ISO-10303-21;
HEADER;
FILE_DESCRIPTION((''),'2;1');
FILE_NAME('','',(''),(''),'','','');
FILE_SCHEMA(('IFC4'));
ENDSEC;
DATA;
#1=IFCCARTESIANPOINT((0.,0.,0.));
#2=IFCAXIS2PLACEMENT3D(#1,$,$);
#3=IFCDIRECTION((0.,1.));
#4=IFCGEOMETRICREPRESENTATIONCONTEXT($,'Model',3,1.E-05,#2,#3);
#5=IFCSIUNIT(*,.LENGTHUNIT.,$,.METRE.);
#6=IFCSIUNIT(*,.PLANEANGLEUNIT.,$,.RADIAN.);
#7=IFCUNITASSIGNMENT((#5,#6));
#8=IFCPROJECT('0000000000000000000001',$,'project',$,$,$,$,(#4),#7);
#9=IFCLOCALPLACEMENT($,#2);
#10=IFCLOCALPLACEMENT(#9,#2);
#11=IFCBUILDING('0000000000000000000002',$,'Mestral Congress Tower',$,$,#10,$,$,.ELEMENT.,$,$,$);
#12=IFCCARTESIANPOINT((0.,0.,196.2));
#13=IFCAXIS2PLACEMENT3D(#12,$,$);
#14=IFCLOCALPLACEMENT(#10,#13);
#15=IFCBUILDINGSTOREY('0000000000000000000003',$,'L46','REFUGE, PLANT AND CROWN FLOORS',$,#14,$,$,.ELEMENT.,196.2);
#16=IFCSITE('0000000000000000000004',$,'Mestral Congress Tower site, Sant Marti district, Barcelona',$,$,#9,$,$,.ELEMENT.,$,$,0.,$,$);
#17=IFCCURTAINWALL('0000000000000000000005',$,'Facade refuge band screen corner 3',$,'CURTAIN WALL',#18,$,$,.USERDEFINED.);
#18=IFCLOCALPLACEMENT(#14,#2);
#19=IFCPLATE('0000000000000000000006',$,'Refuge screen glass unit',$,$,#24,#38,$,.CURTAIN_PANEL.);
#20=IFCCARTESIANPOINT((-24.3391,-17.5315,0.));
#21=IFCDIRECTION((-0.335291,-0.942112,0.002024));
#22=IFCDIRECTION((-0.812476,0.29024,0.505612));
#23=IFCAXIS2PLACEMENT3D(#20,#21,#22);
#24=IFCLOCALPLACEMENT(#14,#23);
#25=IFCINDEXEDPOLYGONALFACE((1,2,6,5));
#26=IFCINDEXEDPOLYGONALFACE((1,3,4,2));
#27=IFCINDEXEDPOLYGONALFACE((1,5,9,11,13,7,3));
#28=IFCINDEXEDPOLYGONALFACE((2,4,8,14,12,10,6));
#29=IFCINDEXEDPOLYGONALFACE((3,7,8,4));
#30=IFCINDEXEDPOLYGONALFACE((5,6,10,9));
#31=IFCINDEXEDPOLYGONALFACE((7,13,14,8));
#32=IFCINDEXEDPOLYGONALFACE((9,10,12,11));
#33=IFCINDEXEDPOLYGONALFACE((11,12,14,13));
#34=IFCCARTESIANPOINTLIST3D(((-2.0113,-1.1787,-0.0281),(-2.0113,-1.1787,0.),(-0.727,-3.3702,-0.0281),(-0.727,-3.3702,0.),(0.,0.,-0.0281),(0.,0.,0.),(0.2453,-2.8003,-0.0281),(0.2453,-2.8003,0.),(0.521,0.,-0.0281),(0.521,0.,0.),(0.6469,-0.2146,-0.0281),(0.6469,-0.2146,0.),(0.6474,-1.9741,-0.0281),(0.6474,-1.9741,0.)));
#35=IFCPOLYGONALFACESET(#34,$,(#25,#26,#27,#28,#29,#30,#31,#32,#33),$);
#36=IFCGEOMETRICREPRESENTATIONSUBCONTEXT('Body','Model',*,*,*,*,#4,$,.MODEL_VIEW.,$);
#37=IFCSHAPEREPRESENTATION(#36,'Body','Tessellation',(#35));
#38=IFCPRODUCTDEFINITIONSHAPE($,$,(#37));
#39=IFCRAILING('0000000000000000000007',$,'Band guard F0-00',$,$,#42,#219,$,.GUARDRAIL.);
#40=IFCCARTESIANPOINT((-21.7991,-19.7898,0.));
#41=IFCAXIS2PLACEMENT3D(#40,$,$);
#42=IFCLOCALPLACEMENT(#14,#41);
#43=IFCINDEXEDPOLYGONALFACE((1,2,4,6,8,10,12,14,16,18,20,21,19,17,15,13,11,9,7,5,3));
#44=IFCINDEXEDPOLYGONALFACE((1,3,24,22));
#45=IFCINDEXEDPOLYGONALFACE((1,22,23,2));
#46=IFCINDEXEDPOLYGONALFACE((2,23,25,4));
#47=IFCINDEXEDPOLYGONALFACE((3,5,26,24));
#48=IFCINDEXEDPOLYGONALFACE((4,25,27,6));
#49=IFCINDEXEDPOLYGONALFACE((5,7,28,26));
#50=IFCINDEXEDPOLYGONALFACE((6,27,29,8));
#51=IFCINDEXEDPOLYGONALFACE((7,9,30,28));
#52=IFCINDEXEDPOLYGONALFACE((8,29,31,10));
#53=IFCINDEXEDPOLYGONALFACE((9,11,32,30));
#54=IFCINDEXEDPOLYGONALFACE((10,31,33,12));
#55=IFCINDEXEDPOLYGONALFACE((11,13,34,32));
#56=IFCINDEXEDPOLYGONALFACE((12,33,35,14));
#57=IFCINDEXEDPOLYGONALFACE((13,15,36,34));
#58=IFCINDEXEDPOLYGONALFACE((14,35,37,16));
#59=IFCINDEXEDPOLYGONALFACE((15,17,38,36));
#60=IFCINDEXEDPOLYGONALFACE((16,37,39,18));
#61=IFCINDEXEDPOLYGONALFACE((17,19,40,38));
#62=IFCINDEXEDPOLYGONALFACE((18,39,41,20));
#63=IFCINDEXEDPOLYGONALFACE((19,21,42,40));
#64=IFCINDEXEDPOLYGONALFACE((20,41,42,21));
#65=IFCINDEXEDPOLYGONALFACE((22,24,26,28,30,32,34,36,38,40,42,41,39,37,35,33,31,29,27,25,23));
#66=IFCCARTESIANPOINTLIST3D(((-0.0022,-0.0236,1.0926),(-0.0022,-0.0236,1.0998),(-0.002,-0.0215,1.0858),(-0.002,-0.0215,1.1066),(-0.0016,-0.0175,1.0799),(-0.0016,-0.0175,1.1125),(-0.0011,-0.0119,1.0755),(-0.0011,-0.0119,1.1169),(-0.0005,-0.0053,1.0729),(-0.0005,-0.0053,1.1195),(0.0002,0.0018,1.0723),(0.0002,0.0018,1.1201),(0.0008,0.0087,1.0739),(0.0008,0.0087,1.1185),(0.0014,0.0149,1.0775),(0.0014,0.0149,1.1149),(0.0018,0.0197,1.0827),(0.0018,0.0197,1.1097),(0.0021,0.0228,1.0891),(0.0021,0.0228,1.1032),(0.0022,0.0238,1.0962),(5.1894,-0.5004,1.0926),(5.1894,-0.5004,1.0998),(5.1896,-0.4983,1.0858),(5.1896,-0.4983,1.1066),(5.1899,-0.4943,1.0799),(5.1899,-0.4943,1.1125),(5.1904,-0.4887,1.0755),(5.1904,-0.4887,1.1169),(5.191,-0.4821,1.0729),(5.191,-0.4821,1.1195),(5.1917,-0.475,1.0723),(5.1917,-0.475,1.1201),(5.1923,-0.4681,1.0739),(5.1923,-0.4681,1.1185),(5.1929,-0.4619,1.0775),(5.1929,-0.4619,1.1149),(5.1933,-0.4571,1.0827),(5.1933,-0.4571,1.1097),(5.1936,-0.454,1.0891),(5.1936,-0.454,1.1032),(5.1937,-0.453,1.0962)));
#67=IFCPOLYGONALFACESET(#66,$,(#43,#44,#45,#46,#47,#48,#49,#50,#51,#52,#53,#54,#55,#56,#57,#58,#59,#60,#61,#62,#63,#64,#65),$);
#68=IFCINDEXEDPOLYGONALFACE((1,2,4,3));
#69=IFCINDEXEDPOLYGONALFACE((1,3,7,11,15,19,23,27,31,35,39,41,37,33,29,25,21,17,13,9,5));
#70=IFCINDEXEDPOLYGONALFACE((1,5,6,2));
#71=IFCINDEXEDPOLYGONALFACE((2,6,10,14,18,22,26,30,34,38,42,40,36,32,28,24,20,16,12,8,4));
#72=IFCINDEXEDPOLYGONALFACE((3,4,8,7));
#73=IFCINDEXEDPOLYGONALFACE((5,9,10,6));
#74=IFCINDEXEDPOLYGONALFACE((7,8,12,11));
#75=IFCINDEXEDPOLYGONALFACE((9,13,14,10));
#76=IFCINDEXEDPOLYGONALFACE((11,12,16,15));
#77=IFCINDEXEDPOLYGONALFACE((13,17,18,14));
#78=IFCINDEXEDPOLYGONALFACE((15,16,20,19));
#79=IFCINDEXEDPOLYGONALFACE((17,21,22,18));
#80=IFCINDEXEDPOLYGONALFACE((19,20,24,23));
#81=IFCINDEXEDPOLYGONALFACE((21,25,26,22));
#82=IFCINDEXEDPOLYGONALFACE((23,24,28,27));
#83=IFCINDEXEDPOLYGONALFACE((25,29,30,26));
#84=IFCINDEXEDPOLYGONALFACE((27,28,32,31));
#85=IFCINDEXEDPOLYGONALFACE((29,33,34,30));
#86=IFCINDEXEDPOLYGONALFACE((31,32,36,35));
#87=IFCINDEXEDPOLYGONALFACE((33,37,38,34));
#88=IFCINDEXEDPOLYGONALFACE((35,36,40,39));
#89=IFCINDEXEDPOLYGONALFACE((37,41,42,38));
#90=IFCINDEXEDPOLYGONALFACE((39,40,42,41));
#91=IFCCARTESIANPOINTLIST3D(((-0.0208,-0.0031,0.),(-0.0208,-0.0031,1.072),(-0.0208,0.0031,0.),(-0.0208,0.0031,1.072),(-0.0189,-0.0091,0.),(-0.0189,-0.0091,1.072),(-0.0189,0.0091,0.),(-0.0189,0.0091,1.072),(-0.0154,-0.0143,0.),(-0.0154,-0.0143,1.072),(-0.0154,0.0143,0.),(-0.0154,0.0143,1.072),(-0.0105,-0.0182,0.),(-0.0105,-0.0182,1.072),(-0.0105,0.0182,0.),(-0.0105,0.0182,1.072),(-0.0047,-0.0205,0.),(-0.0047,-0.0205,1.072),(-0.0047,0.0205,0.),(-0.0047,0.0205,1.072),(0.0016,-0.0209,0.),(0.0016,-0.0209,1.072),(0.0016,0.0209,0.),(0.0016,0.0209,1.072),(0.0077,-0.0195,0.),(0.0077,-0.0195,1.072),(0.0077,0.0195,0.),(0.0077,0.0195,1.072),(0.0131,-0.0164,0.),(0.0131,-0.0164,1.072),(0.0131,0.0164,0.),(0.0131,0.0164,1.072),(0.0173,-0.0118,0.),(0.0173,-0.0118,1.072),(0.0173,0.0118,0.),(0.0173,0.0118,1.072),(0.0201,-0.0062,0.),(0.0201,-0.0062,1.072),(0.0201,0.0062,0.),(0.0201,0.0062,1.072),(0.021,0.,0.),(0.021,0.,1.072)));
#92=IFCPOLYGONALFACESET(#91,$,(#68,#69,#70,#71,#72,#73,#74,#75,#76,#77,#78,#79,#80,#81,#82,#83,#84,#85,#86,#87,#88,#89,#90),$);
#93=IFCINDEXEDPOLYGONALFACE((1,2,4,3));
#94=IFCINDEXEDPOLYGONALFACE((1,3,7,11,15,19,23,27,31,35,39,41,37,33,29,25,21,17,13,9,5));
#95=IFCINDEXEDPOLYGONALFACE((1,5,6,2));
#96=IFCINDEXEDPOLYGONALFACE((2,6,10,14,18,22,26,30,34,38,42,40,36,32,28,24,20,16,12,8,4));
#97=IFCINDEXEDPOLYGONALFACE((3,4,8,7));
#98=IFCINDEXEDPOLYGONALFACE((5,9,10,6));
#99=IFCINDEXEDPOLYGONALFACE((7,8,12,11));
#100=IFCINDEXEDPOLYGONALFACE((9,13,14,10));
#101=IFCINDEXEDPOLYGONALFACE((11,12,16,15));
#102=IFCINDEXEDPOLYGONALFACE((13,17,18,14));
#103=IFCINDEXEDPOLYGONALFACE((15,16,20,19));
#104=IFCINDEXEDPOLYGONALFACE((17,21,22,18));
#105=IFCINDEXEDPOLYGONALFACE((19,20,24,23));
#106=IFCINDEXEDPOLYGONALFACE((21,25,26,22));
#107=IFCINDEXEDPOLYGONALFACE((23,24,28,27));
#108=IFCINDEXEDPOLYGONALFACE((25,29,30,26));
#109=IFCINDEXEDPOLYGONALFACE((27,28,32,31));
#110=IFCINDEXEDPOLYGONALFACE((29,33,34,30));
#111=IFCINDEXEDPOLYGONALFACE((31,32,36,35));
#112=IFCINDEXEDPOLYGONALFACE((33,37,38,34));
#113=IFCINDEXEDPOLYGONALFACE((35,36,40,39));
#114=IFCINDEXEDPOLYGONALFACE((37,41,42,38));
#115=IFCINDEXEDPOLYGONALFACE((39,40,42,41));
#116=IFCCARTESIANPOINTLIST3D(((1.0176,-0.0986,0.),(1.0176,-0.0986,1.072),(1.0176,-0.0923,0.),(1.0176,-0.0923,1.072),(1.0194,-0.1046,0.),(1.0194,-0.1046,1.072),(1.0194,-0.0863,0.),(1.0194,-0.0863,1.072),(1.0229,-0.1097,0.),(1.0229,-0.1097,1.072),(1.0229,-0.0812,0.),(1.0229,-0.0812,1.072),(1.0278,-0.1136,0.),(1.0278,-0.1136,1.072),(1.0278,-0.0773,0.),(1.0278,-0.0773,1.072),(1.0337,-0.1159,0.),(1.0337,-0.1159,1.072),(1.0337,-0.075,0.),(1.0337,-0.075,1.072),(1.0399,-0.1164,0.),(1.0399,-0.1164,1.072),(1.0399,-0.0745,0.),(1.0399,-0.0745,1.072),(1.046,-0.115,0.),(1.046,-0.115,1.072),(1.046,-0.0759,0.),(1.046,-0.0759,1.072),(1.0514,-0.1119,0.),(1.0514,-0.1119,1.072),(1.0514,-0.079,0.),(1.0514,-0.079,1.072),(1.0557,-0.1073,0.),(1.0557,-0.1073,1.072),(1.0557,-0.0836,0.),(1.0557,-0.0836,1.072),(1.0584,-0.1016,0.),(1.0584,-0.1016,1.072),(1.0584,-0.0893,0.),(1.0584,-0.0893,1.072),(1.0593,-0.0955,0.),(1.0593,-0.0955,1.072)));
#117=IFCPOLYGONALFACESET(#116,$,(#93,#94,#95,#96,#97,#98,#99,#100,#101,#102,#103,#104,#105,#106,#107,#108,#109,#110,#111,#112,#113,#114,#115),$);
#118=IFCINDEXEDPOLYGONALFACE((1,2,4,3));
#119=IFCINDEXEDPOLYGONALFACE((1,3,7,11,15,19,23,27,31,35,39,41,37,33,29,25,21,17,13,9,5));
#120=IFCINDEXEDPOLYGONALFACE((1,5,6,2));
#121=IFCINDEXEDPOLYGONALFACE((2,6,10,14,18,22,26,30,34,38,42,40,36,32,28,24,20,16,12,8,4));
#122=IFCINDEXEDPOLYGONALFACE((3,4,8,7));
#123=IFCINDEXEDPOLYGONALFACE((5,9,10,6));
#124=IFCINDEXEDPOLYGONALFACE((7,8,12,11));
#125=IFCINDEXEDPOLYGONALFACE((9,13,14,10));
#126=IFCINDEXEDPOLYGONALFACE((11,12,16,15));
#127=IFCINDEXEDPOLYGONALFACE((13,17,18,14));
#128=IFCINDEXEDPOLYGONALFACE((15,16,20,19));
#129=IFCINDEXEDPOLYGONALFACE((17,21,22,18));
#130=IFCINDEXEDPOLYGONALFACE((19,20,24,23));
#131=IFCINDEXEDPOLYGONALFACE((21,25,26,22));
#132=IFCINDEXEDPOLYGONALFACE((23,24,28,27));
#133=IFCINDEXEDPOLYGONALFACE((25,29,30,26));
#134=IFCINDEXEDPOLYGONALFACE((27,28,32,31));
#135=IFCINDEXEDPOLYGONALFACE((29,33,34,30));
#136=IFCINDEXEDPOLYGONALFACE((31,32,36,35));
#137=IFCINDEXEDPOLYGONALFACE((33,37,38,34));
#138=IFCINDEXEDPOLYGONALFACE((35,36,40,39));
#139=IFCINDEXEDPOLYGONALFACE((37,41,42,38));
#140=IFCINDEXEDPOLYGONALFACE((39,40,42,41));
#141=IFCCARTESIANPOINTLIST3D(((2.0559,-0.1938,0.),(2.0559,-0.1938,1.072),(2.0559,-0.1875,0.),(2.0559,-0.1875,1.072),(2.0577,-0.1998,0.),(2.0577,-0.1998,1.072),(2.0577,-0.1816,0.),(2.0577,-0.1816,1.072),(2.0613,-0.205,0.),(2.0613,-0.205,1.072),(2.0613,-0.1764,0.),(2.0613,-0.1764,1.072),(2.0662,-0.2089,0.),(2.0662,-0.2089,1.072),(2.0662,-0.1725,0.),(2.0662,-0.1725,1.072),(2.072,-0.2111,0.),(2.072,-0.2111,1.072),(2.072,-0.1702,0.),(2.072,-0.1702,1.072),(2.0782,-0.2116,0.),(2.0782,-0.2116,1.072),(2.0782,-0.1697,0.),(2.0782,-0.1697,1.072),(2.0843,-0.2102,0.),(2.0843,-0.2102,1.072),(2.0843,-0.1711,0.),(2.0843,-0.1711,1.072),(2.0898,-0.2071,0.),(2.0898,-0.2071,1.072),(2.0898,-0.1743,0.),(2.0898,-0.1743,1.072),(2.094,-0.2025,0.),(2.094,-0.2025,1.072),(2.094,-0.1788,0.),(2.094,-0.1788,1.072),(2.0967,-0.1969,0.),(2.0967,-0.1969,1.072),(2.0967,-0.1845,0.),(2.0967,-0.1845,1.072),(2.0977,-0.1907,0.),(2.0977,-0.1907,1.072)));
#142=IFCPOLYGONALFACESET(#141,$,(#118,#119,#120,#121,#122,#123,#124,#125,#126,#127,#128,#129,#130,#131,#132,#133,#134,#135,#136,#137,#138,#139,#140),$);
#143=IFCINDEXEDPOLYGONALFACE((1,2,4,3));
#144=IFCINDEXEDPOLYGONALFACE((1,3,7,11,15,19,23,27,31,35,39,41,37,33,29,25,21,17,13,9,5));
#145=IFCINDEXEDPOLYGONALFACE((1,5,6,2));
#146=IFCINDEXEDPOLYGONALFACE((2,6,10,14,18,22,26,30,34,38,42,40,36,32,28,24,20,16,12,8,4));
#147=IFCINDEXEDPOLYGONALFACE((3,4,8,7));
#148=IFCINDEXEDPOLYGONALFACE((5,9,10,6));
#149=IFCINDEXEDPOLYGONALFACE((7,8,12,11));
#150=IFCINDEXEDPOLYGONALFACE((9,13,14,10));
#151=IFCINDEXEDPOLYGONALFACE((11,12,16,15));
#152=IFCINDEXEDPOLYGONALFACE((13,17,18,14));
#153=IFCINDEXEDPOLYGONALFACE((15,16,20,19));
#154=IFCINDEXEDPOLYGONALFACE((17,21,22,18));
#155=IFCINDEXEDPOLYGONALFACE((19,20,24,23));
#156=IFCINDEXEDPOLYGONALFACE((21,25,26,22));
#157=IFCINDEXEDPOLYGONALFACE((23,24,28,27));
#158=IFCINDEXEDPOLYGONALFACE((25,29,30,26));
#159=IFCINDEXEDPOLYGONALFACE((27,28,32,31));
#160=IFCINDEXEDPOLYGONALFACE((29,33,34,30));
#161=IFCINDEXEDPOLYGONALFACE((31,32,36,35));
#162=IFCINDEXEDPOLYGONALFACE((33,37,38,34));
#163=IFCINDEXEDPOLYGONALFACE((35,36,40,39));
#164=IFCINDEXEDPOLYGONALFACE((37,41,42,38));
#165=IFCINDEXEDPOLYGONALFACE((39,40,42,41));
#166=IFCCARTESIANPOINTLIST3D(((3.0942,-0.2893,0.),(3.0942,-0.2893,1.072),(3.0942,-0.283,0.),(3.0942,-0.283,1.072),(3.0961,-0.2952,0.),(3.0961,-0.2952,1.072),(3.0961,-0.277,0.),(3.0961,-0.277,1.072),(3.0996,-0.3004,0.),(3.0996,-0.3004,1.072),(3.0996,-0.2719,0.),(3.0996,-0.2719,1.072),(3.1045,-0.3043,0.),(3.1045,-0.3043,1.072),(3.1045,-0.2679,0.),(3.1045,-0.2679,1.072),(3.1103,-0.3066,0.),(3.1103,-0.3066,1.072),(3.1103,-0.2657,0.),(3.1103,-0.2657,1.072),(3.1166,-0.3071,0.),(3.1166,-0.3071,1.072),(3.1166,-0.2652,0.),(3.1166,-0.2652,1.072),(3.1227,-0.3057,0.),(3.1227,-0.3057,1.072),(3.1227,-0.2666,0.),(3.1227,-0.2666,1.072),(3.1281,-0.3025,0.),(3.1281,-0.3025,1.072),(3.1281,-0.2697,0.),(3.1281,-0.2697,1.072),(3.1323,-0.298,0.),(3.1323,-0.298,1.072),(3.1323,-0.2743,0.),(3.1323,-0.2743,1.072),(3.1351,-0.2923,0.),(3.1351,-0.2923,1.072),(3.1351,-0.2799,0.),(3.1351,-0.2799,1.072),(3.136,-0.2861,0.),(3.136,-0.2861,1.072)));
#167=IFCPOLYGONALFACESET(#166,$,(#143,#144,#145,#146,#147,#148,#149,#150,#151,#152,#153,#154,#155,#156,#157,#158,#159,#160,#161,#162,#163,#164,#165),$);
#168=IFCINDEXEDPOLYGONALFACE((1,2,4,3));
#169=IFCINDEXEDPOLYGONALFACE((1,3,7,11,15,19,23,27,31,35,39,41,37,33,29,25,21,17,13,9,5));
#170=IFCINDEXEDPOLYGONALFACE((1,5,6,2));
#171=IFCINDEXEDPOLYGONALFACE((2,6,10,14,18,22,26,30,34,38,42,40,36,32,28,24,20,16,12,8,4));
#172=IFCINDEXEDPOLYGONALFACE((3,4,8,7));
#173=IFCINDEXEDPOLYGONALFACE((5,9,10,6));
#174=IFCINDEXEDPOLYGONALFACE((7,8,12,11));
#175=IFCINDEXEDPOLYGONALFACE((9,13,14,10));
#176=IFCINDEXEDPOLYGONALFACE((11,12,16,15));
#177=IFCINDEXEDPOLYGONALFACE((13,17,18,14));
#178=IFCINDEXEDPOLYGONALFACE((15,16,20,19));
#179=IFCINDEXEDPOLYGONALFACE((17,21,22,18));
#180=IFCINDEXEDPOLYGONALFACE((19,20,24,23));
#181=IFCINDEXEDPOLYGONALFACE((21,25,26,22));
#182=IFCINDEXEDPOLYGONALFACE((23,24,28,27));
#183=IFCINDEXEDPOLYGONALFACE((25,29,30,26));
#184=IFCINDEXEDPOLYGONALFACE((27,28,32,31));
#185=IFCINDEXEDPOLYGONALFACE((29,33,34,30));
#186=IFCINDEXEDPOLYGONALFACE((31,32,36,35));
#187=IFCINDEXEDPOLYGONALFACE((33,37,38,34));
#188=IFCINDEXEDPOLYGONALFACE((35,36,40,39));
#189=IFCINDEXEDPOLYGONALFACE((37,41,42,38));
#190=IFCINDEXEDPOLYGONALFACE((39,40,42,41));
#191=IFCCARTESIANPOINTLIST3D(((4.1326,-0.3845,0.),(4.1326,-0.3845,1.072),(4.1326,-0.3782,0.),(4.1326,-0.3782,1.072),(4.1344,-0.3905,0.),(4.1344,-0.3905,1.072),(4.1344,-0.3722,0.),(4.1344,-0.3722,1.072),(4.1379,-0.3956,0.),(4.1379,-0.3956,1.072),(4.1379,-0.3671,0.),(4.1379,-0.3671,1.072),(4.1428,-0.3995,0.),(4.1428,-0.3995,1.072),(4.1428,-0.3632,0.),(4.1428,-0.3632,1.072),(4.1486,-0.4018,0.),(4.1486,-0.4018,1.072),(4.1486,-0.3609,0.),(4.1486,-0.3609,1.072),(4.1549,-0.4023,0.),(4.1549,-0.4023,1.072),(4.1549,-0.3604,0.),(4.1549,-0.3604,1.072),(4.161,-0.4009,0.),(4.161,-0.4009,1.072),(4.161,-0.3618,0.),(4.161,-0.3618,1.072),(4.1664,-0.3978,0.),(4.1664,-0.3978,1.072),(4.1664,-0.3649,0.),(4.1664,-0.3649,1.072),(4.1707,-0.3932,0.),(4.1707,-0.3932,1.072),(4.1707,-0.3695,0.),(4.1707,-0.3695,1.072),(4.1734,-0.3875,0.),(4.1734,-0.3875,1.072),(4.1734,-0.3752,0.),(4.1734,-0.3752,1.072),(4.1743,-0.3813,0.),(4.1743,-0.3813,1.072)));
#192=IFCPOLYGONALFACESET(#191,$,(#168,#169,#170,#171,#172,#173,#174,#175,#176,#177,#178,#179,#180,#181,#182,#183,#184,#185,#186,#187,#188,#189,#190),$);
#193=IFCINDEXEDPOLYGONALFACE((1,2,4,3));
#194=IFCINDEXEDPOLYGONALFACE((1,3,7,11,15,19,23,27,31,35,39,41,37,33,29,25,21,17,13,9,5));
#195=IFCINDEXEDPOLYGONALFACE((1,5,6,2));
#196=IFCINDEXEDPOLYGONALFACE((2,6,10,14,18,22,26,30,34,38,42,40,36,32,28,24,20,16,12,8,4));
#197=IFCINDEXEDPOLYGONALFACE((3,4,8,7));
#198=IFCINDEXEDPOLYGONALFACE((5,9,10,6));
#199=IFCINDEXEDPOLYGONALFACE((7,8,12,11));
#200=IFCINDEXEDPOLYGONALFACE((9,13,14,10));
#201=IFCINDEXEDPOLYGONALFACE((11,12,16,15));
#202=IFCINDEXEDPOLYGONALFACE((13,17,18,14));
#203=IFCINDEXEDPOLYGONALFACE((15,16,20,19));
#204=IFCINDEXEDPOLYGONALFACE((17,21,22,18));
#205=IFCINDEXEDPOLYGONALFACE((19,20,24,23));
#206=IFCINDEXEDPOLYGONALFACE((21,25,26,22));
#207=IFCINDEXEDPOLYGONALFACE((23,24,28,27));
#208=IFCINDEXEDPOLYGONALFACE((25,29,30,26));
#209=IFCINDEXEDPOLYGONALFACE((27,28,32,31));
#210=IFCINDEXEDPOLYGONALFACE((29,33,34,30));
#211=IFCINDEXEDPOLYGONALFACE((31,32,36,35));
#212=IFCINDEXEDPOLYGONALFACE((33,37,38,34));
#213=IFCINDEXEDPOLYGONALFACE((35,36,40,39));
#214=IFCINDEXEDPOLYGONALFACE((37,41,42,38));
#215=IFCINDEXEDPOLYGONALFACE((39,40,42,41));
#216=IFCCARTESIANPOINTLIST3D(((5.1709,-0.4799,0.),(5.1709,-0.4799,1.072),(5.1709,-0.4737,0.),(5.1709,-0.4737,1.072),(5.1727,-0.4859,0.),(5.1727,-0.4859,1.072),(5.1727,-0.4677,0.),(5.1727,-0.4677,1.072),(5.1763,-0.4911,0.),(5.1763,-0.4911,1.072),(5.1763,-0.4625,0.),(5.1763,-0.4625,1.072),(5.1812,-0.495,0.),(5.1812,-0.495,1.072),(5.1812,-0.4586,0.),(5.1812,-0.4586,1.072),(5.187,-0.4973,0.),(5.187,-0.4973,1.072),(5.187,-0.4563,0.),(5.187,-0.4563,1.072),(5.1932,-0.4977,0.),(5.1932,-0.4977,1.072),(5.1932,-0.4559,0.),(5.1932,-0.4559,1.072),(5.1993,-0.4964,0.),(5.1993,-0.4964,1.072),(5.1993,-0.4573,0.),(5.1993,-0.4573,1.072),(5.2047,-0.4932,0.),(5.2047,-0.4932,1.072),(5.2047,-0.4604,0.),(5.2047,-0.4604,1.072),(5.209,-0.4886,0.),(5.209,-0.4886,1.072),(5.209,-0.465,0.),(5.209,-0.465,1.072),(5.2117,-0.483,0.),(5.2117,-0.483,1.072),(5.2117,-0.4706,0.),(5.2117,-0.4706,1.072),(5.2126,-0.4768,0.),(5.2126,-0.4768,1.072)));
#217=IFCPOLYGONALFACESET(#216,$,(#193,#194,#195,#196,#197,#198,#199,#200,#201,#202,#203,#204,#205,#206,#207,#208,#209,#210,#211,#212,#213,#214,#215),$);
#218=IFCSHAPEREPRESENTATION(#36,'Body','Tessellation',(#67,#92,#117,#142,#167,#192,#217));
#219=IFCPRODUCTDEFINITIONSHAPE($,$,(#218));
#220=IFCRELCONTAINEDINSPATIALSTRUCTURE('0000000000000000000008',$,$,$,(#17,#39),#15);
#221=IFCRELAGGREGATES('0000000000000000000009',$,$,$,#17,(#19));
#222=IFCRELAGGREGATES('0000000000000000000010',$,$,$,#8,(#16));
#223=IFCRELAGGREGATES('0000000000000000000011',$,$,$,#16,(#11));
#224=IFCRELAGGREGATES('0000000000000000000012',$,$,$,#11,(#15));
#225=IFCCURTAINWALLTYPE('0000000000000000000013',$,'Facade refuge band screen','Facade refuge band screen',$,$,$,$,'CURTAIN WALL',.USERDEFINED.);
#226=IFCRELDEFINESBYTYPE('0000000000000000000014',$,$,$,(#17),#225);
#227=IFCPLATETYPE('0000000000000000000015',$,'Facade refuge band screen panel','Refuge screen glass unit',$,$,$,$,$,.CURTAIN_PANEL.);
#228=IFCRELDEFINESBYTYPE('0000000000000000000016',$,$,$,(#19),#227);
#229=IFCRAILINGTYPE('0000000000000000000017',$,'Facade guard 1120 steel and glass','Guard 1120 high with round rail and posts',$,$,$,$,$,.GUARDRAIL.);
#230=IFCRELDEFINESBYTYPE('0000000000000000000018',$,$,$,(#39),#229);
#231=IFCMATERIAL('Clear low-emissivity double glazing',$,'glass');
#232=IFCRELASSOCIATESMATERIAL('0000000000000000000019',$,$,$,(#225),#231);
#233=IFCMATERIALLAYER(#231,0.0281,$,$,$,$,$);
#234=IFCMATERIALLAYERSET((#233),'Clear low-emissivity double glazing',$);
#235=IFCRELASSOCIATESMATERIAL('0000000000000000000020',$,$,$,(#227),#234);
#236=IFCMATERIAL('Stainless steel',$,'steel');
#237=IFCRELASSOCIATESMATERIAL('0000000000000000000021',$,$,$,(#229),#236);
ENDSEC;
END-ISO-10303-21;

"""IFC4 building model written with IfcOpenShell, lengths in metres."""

from ifc_helpers import new_model, si_unit, direction, frame, origin, origin_2d, place, context, subcontext, project, spatial, polyline, circle, outline, extrude, material, layer, layer_set, type_object, element, aggregate, save


model = new_model("IFC4")

# Units and contexts
model_context = context("Model", 3, precision=1e-05, world=origin(), true_north=direction((0.0, 1.0)))
body_context = subcontext(model_context, "Body", "Model", "MODEL_VIEW")
ifc_project = project(units=[si_unit("LENGTHUNIT", "METRE"), si_unit("PLANEANGLEUNIT", "RADIAN")], contexts=[model_context])

# Site, building, storey
site_placement = place(None, origin())
site = spatial("IfcSite", under=ifc_project, at=site_placement, Name="Mestral Congress Tower site, Sant Marti district, Barcelona", CompositionType="ELEMENT", RefElevation=0.0)
building_placement = place(site_placement, origin())
building = spatial("IfcBuilding", under=site, at=building_placement, Name="Mestral Congress Tower", CompositionType="ELEMENT")
storey_placement = place(building_placement, frame((0.0, 0.0, 196.2)))
storey = spatial("IfcBuildingStorey", under=building, at=storey_placement, Name="L46", Description="REFUGE, PLANT AND CROWN FLOORS", CompositionType="ELEMENT", Elevation=196.2)

# Curtain wall
ifc_material_1 = material(Name="Clear low-emissivity double glazing", Category="glass")
curtain_wall_type = type_object("IfcCurtainWallType", Name="Facade refuge band screen", Description="Facade refuge band screen", ElementType="CURTAIN WALL", PredefinedType="USERDEFINED", material=ifc_material_1)
placement = place(storey_placement, origin())
curtain_wall_1 = element("IfcCurtainWall", 1, at=placement, inside=storey, type_object=curtain_wall_type, Name="Facade refuge band screen corner 3", ObjectType="CURTAIN WALL", PredefinedType="USERDEFINED")

# Plate
ifc_layer_1 = layer(ifc_material_1, 0.0281)
ifc_layer_set_1 = layer_set([ifc_layer_1], Name="Clear low-emissivity double glazing")
plate_type_1 = type_object("IfcPlateType", Name="Facade refuge band screen panel", Description="Refuge screen glass unit", PredefinedType="CURTAIN_PANEL", material=ifc_layer_set_1)
plate_1_placement = place(storey_placement, frame((-24.3391, -17.5315, 0.0), z_axis=(-0.335291, -0.942112, 0.002024), x_axis=(-0.812476, 0.29024, 0.505612)))
plate_1 = element("IfcPlate", 2, at=plate_1_placement, type_object=plate_type_1, Name="Refuge screen glass unit", PredefinedType="CURTAIN_PANEL", context=body_context, shape_type="SweptSolid", body=[
    extrude(outline(polyline([(0.0, 0.0), (0.521, 0.0), (0.6469, -0.2146), (0.6474, -1.9741), (0.2453, -2.8003), (-0.727, -3.3702), (-2.0113, -1.1787), (0.0, 0.0)])), origin(), (0.0, 0.0, -1.0), 0.0281),
])

# Railing
ifc_material_2 = material(Name="Stainless steel", Category="steel")
railing_type = type_object("IfcRailingType", Name="Facade guard 1120 steel and glass", Description="Guard 1120 high with round rail and posts", PredefinedType="GUARDRAIL", material=ifc_material_2)
railing_placement = place(storey_placement, frame((-21.7991, -19.7898, 0.0)))
element("IfcRailing", 3, at=railing_placement, inside=storey, type_object=railing_type, Name="Band guard F0-00", PredefinedType="GUARDRAIL", context=body_context, shape_type="SweptSolid", body=[
    extrude(circle(Radius=0.0239, at=origin_2d()), frame((0.0, 0.0, 1.0962), z_axis=(0.995809, -0.091456, 0.0), x_axis=(0.091456, 0.995809, 0.0)), (0.0, 0.0, 1.0), 5.2134),
    extrude(circle(Radius=0.021, at=origin_2d()), origin(), (0.0, 0.0, 1.0), 1.072),
    extrude(circle(Radius=0.021, at=origin_2d()), frame((1.0383, -0.0955, 0.0)), (0.0, 0.0, 1.0), 1.072),
    extrude(circle(Radius=0.021, at=origin_2d()), frame((2.0767, -0.1907, 0.0)), (0.0, 0.0, 1.0), 1.072),
    extrude(circle(Radius=0.021, at=origin_2d()), frame((3.115, -0.2861, 0.0)), (0.0, 0.0, 1.0), 1.072),
    extrude(circle(Radius=0.021, at=origin_2d()), frame((4.1533, -0.3813, 0.0)), (0.0, 0.0, 1.0), 1.072),
    extrude(circle(Radius=0.021, at=origin_2d()), frame((5.1917, -0.4768, 0.0)), (0.0, 0.0, 1.0), 1.072),
])

aggregate(curtain_wall_1, [plate_1])

save(model, "model.ifc")
